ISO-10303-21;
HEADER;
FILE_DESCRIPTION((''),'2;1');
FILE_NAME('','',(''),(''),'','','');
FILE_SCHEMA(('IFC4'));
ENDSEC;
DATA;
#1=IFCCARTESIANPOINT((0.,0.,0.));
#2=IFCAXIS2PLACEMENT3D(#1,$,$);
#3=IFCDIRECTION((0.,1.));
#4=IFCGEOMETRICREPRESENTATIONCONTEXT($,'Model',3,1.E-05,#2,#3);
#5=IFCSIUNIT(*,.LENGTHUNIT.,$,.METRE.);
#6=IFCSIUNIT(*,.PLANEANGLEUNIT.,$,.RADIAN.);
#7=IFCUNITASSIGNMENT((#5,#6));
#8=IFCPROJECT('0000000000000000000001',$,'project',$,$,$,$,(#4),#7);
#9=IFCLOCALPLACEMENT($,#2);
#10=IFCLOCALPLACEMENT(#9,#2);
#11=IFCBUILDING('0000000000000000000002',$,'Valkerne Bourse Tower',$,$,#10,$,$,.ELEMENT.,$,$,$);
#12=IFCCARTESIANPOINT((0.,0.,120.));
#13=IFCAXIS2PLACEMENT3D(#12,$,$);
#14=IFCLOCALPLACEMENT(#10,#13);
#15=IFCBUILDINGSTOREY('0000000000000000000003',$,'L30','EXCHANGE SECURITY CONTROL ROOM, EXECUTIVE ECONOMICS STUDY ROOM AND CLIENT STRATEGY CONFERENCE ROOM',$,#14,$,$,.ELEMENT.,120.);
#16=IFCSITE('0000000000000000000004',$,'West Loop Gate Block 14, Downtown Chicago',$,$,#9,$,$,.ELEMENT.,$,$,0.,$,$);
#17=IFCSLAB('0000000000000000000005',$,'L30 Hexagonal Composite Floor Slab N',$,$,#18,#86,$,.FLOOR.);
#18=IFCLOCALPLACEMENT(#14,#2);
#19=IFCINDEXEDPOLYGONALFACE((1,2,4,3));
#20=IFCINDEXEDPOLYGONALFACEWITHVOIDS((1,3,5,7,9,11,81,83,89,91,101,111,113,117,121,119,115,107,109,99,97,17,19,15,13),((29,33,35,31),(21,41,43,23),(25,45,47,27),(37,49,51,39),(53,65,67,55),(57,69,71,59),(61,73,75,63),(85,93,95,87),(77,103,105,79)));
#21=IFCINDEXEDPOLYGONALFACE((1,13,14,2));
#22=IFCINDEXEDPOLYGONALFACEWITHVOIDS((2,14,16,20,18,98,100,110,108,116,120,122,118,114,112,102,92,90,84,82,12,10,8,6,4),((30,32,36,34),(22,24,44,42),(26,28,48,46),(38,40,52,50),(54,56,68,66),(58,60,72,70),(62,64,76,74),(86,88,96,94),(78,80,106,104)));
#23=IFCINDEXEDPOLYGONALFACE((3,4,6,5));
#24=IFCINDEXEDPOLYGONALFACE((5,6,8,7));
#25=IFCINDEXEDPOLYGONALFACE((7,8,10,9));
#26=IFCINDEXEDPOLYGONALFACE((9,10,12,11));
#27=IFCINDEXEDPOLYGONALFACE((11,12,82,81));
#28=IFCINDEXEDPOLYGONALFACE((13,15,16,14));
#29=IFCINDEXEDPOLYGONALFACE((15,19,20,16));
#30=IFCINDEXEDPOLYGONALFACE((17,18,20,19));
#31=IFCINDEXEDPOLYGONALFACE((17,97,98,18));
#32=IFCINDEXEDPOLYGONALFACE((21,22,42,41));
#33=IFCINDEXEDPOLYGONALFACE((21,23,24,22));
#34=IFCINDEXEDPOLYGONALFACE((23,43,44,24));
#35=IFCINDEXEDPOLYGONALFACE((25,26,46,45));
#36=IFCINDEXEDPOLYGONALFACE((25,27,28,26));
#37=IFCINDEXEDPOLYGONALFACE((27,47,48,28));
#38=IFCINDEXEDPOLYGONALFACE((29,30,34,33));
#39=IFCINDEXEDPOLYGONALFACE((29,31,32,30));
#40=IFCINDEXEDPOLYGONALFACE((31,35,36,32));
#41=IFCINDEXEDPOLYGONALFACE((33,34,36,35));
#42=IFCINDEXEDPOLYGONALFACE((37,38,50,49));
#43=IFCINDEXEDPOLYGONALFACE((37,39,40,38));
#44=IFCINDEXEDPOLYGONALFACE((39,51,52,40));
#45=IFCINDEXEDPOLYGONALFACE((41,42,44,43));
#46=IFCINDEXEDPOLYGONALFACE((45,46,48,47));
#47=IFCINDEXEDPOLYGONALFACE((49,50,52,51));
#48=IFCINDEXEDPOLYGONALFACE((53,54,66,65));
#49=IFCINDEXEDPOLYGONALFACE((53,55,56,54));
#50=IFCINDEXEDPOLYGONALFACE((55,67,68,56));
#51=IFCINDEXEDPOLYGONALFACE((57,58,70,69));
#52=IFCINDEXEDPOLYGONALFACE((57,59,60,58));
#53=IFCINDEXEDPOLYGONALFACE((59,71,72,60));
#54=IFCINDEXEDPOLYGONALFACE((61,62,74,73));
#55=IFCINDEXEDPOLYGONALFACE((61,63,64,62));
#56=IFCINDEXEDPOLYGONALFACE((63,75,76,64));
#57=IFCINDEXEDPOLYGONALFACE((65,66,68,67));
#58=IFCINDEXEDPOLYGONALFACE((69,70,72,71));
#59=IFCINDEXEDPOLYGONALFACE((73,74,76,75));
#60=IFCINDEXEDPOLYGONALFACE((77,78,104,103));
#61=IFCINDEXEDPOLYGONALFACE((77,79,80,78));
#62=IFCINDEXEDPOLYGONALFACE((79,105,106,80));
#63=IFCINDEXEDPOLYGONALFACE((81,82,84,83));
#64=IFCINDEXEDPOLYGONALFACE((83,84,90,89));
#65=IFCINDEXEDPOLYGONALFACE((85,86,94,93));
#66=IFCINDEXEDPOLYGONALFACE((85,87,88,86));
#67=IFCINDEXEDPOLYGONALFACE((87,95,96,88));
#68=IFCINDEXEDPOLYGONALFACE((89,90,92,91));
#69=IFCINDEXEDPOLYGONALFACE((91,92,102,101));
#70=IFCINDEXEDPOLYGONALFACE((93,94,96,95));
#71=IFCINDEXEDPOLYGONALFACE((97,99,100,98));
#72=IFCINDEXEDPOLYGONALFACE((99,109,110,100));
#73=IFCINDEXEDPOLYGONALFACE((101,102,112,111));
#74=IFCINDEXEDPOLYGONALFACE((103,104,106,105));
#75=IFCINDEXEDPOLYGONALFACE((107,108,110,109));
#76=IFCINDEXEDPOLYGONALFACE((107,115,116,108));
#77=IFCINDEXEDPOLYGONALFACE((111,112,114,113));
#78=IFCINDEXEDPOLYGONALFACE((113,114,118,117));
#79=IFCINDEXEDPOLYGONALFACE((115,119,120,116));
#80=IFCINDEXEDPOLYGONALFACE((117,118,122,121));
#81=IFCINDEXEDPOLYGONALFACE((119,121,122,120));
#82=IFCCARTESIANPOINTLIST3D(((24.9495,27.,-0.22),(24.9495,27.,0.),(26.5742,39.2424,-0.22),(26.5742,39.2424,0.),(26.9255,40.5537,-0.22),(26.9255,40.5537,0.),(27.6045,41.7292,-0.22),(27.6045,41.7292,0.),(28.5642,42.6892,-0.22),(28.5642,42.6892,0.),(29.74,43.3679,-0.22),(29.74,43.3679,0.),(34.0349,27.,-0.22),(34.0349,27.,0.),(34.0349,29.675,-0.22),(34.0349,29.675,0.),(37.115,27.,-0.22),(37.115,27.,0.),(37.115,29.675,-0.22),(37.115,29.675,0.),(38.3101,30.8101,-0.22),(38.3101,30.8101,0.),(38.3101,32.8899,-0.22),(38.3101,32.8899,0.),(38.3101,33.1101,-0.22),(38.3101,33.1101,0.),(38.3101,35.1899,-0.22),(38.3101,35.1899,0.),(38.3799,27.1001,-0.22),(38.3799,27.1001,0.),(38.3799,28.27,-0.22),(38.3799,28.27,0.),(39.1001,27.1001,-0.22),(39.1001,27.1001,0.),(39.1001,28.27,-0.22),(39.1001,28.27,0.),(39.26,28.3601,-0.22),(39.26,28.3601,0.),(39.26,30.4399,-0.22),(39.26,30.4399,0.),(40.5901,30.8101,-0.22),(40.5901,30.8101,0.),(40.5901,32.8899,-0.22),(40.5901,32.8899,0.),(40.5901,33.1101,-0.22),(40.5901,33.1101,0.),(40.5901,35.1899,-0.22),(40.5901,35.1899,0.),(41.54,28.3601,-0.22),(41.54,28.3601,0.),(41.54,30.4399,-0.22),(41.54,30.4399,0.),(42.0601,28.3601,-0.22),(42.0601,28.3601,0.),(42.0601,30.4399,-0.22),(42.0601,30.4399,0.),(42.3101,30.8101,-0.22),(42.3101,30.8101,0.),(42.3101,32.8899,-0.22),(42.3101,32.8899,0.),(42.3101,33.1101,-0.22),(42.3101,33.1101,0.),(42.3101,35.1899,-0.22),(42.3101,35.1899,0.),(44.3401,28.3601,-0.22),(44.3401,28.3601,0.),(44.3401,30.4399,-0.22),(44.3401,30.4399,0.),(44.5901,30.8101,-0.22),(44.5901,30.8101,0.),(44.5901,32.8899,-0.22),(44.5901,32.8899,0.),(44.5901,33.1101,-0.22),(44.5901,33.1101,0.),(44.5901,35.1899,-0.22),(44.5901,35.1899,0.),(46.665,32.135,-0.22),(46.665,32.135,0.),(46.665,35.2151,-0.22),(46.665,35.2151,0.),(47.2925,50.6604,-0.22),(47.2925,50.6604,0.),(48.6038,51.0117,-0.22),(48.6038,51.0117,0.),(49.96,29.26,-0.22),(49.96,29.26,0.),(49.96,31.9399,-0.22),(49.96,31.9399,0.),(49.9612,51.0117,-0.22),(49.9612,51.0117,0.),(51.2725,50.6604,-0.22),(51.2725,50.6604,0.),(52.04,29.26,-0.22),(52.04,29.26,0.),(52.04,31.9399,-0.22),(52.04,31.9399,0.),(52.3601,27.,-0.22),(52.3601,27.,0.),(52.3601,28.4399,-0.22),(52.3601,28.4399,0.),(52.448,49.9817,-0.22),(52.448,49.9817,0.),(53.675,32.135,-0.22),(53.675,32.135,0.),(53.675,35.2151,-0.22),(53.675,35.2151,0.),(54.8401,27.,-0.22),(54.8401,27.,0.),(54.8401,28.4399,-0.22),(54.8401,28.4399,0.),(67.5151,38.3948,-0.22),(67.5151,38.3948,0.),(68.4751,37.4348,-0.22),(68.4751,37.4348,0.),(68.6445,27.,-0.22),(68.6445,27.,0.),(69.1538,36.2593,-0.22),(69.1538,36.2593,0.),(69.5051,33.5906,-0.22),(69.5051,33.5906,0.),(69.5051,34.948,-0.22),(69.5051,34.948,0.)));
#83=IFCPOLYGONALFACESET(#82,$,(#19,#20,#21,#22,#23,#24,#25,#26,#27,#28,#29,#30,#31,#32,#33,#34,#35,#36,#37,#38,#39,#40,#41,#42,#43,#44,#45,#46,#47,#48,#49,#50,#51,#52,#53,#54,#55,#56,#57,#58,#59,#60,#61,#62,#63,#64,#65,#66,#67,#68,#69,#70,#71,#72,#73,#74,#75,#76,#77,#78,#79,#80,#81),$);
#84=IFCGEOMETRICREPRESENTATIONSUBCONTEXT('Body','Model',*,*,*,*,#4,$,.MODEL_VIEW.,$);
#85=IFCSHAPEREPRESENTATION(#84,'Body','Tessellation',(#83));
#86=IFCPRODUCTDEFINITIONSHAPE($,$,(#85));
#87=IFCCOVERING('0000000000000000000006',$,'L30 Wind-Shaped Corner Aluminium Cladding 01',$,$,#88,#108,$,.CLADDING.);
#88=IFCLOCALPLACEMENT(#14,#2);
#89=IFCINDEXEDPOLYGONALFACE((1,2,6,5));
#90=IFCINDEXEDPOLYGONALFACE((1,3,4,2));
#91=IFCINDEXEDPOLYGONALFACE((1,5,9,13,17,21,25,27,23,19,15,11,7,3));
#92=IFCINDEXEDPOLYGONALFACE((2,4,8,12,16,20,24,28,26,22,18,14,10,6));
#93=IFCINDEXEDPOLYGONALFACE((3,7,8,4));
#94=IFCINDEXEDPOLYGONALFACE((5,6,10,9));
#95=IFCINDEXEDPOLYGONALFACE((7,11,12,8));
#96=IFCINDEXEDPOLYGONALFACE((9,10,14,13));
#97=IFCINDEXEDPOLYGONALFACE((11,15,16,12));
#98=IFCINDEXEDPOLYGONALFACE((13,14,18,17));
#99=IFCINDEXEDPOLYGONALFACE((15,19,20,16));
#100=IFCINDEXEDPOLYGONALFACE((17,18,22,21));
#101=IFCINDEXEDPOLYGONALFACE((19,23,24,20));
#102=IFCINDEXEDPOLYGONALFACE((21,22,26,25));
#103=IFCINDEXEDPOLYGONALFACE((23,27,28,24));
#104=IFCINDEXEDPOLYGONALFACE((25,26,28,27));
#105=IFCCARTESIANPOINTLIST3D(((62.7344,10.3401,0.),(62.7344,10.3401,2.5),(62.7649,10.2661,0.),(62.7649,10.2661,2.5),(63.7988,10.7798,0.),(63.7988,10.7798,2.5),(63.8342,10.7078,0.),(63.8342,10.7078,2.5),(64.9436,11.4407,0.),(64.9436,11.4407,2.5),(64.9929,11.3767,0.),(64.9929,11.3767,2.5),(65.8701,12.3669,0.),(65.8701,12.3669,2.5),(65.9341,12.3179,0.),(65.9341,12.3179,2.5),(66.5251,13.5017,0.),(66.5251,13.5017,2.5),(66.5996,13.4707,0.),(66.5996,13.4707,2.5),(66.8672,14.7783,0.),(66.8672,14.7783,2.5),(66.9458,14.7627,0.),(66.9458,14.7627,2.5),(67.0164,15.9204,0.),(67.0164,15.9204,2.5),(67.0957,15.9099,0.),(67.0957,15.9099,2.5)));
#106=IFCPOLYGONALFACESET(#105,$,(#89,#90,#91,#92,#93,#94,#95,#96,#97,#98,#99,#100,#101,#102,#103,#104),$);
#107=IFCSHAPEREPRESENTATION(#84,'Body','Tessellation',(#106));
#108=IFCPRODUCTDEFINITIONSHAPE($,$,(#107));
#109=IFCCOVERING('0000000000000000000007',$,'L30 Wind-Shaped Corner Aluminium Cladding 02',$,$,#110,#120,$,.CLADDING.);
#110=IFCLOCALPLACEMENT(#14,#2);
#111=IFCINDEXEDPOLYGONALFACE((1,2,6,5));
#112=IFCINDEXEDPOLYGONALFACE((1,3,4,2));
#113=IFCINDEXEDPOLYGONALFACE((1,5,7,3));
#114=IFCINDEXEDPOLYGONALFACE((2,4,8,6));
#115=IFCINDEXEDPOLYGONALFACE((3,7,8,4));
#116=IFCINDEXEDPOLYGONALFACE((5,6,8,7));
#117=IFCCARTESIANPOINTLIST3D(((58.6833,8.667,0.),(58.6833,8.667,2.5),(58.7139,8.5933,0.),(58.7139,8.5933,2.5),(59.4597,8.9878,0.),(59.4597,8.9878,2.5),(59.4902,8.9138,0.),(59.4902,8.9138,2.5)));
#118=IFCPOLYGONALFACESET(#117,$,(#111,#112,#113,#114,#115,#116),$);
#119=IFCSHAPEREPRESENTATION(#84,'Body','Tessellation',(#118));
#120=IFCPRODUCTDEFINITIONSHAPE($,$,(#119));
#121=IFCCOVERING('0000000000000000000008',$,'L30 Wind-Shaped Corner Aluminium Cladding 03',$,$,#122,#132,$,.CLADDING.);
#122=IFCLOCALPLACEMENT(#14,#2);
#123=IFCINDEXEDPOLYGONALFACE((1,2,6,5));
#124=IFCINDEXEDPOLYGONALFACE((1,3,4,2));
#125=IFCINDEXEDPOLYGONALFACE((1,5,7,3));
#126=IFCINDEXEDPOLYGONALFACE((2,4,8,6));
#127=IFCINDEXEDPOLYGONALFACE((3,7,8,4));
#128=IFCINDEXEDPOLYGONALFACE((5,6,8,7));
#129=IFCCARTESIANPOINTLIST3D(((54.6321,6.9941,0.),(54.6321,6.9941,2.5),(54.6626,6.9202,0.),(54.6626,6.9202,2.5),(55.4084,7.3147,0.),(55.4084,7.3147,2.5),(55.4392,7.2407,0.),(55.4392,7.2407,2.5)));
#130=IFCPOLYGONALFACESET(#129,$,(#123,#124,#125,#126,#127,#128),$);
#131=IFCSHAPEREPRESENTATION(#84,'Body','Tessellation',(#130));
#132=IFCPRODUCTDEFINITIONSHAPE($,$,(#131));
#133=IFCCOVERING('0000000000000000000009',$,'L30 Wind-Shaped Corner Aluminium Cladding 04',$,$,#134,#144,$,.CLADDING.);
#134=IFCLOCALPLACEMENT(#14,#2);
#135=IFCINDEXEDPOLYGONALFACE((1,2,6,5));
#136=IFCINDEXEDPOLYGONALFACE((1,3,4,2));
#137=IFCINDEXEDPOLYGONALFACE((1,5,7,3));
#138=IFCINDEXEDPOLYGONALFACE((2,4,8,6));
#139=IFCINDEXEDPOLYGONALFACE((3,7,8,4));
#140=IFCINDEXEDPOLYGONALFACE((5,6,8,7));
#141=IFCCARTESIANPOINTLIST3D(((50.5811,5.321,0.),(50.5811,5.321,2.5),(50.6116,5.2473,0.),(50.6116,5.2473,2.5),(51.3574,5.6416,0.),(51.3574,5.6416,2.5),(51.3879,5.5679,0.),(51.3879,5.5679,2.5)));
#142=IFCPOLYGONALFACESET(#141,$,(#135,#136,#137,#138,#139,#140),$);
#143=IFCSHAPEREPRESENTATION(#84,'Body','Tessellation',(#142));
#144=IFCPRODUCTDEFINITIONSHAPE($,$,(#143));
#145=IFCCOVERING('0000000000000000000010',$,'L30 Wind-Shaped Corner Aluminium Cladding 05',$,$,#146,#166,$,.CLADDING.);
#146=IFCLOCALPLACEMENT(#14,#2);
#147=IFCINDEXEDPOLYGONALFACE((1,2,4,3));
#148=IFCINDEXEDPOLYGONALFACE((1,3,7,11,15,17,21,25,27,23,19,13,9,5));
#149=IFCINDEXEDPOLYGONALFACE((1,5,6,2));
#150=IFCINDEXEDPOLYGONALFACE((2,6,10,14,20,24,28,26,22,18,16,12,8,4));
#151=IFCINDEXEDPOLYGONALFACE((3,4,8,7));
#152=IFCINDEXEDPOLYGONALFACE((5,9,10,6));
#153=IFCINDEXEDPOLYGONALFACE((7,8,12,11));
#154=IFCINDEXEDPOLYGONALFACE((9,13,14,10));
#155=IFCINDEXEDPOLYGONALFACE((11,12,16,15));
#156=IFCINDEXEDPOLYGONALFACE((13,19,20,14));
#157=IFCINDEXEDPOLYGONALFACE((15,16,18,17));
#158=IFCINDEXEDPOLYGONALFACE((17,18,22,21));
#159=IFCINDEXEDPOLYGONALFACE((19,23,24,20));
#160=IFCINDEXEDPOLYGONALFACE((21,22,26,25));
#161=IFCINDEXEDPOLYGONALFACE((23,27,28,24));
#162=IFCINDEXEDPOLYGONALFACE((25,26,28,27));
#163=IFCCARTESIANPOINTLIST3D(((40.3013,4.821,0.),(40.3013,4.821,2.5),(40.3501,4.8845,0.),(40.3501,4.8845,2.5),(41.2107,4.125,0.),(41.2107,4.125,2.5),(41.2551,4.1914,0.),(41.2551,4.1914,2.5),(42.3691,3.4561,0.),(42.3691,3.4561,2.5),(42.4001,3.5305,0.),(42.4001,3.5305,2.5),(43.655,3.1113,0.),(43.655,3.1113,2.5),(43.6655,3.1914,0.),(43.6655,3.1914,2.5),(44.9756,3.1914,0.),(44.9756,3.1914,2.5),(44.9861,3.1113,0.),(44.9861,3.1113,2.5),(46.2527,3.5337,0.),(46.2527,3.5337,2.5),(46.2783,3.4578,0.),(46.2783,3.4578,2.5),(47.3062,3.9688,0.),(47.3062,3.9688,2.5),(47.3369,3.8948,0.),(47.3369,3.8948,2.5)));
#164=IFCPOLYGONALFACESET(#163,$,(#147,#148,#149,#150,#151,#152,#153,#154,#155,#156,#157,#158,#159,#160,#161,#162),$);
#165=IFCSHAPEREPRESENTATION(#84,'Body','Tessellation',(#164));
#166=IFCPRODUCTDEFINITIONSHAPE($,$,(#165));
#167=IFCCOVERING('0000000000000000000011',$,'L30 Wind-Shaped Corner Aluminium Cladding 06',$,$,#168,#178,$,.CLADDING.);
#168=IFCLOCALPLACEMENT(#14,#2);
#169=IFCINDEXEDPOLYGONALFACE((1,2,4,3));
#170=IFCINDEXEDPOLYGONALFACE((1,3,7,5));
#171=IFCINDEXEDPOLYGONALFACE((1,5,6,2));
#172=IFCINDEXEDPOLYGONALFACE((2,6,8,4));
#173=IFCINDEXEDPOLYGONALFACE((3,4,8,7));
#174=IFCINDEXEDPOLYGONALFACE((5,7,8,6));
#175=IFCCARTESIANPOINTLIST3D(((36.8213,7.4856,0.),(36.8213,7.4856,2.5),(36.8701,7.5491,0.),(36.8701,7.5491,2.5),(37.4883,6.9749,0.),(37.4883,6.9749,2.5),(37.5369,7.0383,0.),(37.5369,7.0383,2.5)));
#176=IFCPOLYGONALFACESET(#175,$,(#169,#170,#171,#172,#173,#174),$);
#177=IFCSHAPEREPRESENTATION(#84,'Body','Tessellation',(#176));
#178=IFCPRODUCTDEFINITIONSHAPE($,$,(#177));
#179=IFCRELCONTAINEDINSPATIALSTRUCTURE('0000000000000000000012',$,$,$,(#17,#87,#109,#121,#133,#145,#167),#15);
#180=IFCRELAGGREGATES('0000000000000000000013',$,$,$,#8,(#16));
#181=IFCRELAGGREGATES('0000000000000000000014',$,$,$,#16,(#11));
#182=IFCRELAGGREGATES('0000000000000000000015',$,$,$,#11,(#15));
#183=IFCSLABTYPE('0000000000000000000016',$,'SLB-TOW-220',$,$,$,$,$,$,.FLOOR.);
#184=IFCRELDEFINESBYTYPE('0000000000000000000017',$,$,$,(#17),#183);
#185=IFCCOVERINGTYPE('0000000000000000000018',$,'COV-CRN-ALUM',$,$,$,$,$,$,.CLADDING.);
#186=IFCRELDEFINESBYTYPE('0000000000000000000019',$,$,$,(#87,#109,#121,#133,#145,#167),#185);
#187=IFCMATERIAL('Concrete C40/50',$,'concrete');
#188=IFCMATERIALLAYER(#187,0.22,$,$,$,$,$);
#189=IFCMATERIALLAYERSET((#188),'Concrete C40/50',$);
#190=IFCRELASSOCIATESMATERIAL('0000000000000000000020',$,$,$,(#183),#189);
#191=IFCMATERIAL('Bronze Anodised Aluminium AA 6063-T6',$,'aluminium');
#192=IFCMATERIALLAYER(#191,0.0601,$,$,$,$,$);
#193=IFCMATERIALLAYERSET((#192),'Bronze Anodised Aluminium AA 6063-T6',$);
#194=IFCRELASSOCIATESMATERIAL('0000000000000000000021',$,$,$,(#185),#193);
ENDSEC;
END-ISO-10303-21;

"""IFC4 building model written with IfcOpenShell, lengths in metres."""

from ifc_helpers import new_model, si_unit, direction, frame, origin, place, context, subcontext, project, spatial, polyline, outline, extrude, material, layer, layer_set, type_object, element, save


model = new_model("IFC4")

# Units and contexts
model_context = context("Model", 3, precision=1e-05, world=origin(), true_north=direction((0.0, 1.0)))
body_context = subcontext(model_context, "Body", "Model", "MODEL_VIEW")
ifc_project = project(units=[si_unit("LENGTHUNIT", "METRE"), si_unit("PLANEANGLEUNIT", "RADIAN")], contexts=[model_context])

# Site, building, storey
site_placement = place(None, origin())
site = spatial("IfcSite", under=ifc_project, at=site_placement, Name="West Loop Gate Block 14, Downtown Chicago", CompositionType="ELEMENT", RefElevation=0.0)
building_placement = place(site_placement, origin())
building = spatial("IfcBuilding", under=site, at=building_placement, Name="Valkerne Bourse Tower", CompositionType="ELEMENT")
storey_placement = place(building_placement, frame((0.0, 0.0, 120.0)))
storey = spatial("IfcBuildingStorey", under=building, at=storey_placement, Name="L30", Description="EXCHANGE SECURITY CONTROL ROOM, EXECUTIVE ECONOMICS STUDY ROOM AND CLIENT STRATEGY CONFERENCE ROOM", CompositionType="ELEMENT", Elevation=120.0)

# Slab
ifc_material_1 = material(Name="Concrete C40/50", Category="concrete")
ifc_layer_1 = layer(ifc_material_1, 0.22)
ifc_layer_set_1 = layer_set([ifc_layer_1], Name="Concrete C40/50")
slab_type_1 = type_object("IfcSlabType", Name="SLB-TOW-220", PredefinedType="FLOOR", material=ifc_layer_set_1)
slab_1_placement = place(storey_placement, frame((0.0, 0.0, -0.22)))
element("IfcSlab", 1, at=slab_1_placement, inside=storey, type_object=slab_type_1, Name="L30 Hexagonal Composite Floor Slab N", PredefinedType="FLOOR", context=body_context, shape_type="SweptSolid", body=[
    extrude(outline(polyline([(26.5742, 39.2424), (26.9255, 40.5537), (27.6045, 41.7292), (28.5642, 42.6892), (29.74, 43.3679), (47.2925, 50.6604), (48.6038, 51.0117), (49.9612, 51.0117), (51.2725, 50.6604), (52.448, 49.9817), (67.5151, 38.3948), (68.4751, 37.4348), (69.1538, 36.2593), (69.5051, 34.948), (69.5051, 33.5906), (68.6445, 27.0), (54.8401, 27.0), (54.8401, 28.4399), (52.3601, 28.4399), (52.3601, 27.0), (37.115, 27.0), (37.115, 29.675), (34.0349, 29.675), (34.0349, 27.0), (24.9495, 27.0), (26.5742, 39.2424)]), holes=[polyline([(39.1001, 28.27), (38.3799, 28.27), (38.3799, 27.1001), (39.1001, 27.1001), (39.1001, 28.27)]), polyline([(41.54, 30.4399), (39.26, 30.4399), (39.26, 28.3601), (41.54, 28.3601), (41.54, 30.4399)]), polyline([(44.3401, 30.4399), (42.0601, 30.4399), (42.0601, 28.3601), (44.3401, 28.3601), (44.3401, 30.4399)]), polyline([(40.5901, 30.8101), (40.5901, 32.8899), (38.3101, 32.8899), (38.3101, 30.8101), (40.5901, 30.8101)]), polyline([(40.5901, 33.1101), (40.5901, 35.1899), (38.3101, 35.1899), (38.3101, 33.1101), (40.5901, 33.1101)]), polyline([(52.04, 31.9399), (49.96, 31.9399), (49.96, 29.26), (52.04, 29.26), (52.04, 31.9399)]), polyline([(44.5901, 32.8899), (42.3101, 32.8899), (42.3101, 30.8101), (44.5901, 30.8101), (44.5901, 32.8899)]), polyline([(53.675, 32.135), (53.675, 35.2151), (46.665, 35.2151), (46.665, 32.135), (53.675, 32.135)]), polyline([(44.5901, 33.1101), (44.5901, 35.1899), (42.3101, 35.1899), (42.3101, 33.1101), (44.5901, 33.1101)])]), origin(), (0.0, 0.0, 1.0), 0.22),
])

# Coverings
ifc_material_2 = material(Name="Bronze Anodised Aluminium AA 6063-T6", Category="aluminium")
ifc_layer_2 = layer(ifc_material_2, 0.0601)
ifc_layer_set_2 = layer_set([ifc_layer_2], Name="Bronze Anodised Aluminium AA 6063-T6")
covering_type = type_object("IfcCoveringType", Name="COV-CRN-ALUM", PredefinedType="CLADDING", material=ifc_layer_set_2)
covering_1_placement = place(storey_placement, origin())
element("IfcCovering", 2, at=covering_1_placement, inside=storey, type_object=covering_type, Name="L30 Wind-Shaped Corner Aluminium Cladding 01", PredefinedType="CLADDING", context=body_context, shape_type="SweptSolid", body=[
    extrude(outline(polyline([(66.5996, 13.4707), (65.9341, 12.3179), (64.9929, 11.3767), (63.8342, 10.7078), (62.7649, 10.2661), (62.7344, 10.3401), (63.7988, 10.7798), (64.9436, 11.4407), (65.8701, 12.3669), (66.5251, 13.5017), (66.8672, 14.7783), (67.0164, 15.9204), (67.0957, 15.9099), (66.9458, 14.7627), (66.5996, 13.4707)])), origin(), (0.0, 0.0, 1.0), 2.5),
])
covering_2_placement = place(storey_placement, origin())
element("IfcCovering", 3, at=covering_2_placement, inside=storey, type_object=covering_type, Name="L30 Wind-Shaped Corner Aluminium Cladding 02", PredefinedType="CLADDING", context=body_context, shape_type="SweptSolid", body=[
    extrude(outline(polyline([(58.7139, 8.5933), (58.6833, 8.667), (59.4597, 8.9878), (59.4902, 8.9138), (58.7139, 8.5933)])), origin(), (0.0, 0.0, 1.0), 2.5),
])
covering_3_placement = place(storey_placement, origin())
element("IfcCovering", 4, at=covering_3_placement, inside=storey, type_object=covering_type, Name="L30 Wind-Shaped Corner Aluminium Cladding 03", PredefinedType="CLADDING", context=body_context, shape_type="SweptSolid", body=[
    extrude(outline(polyline([(54.6626, 6.9202), (54.6321, 6.9941), (55.4084, 7.3147), (55.4392, 7.2407), (54.6626, 6.9202)])), origin(), (0.0, 0.0, 1.0), 2.5),
])
covering_4_placement = place(storey_placement, origin())
element("IfcCovering", 5, at=covering_4_placement, inside=storey, type_object=covering_type, Name="L30 Wind-Shaped Corner Aluminium Cladding 04", PredefinedType="CLADDING", context=body_context, shape_type="SweptSolid", body=[
    extrude(outline(polyline([(50.6116, 5.2473), (50.5811, 5.321), (51.3574, 5.6416), (51.3879, 5.5679), (50.6116, 5.2473)])), origin(), (0.0, 0.0, 1.0), 2.5),
])
covering_5_placement = place(storey_placement, origin())
element("IfcCovering", 6, at=covering_5_placement, inside=storey, type_object=covering_type, Name="L30 Wind-Shaped Corner Aluminium Cladding 05", PredefinedType="CLADDING", context=body_context, shape_type="SweptSolid", body=[
    extrude(outline(polyline([(46.2783, 3.4578), (44.9861, 3.1113), (43.655, 3.1113), (42.3691, 3.4561), (41.2107, 4.125), (40.3013, 4.821), (40.3501, 4.8845), (41.2551, 4.1914), (42.4001, 3.5305), (43.6655, 3.1914), (44.9756, 3.1914), (46.2527, 3.5337), (47.3062, 3.9688), (47.3369, 3.8948), (46.2783, 3.4578)])), origin(), (0.0, 0.0, 1.0), 2.5),
])
covering_6_placement = place(storey_placement, origin())
element("IfcCovering", 7, at=covering_6_placement, inside=storey, type_object=covering_type, Name="L30 Wind-Shaped Corner Aluminium Cladding 06", PredefinedType="CLADDING", context=body_context, shape_type="SweptSolid", body=[
    extrude(outline(polyline([(36.8213, 7.4856), (36.8701, 7.5491), (37.5369, 7.0383), (37.4883, 6.9749), (36.8213, 7.4856)])), origin(), (0.0, 0.0, 1.0), 2.5),
])

save(model, "model.ifc")
